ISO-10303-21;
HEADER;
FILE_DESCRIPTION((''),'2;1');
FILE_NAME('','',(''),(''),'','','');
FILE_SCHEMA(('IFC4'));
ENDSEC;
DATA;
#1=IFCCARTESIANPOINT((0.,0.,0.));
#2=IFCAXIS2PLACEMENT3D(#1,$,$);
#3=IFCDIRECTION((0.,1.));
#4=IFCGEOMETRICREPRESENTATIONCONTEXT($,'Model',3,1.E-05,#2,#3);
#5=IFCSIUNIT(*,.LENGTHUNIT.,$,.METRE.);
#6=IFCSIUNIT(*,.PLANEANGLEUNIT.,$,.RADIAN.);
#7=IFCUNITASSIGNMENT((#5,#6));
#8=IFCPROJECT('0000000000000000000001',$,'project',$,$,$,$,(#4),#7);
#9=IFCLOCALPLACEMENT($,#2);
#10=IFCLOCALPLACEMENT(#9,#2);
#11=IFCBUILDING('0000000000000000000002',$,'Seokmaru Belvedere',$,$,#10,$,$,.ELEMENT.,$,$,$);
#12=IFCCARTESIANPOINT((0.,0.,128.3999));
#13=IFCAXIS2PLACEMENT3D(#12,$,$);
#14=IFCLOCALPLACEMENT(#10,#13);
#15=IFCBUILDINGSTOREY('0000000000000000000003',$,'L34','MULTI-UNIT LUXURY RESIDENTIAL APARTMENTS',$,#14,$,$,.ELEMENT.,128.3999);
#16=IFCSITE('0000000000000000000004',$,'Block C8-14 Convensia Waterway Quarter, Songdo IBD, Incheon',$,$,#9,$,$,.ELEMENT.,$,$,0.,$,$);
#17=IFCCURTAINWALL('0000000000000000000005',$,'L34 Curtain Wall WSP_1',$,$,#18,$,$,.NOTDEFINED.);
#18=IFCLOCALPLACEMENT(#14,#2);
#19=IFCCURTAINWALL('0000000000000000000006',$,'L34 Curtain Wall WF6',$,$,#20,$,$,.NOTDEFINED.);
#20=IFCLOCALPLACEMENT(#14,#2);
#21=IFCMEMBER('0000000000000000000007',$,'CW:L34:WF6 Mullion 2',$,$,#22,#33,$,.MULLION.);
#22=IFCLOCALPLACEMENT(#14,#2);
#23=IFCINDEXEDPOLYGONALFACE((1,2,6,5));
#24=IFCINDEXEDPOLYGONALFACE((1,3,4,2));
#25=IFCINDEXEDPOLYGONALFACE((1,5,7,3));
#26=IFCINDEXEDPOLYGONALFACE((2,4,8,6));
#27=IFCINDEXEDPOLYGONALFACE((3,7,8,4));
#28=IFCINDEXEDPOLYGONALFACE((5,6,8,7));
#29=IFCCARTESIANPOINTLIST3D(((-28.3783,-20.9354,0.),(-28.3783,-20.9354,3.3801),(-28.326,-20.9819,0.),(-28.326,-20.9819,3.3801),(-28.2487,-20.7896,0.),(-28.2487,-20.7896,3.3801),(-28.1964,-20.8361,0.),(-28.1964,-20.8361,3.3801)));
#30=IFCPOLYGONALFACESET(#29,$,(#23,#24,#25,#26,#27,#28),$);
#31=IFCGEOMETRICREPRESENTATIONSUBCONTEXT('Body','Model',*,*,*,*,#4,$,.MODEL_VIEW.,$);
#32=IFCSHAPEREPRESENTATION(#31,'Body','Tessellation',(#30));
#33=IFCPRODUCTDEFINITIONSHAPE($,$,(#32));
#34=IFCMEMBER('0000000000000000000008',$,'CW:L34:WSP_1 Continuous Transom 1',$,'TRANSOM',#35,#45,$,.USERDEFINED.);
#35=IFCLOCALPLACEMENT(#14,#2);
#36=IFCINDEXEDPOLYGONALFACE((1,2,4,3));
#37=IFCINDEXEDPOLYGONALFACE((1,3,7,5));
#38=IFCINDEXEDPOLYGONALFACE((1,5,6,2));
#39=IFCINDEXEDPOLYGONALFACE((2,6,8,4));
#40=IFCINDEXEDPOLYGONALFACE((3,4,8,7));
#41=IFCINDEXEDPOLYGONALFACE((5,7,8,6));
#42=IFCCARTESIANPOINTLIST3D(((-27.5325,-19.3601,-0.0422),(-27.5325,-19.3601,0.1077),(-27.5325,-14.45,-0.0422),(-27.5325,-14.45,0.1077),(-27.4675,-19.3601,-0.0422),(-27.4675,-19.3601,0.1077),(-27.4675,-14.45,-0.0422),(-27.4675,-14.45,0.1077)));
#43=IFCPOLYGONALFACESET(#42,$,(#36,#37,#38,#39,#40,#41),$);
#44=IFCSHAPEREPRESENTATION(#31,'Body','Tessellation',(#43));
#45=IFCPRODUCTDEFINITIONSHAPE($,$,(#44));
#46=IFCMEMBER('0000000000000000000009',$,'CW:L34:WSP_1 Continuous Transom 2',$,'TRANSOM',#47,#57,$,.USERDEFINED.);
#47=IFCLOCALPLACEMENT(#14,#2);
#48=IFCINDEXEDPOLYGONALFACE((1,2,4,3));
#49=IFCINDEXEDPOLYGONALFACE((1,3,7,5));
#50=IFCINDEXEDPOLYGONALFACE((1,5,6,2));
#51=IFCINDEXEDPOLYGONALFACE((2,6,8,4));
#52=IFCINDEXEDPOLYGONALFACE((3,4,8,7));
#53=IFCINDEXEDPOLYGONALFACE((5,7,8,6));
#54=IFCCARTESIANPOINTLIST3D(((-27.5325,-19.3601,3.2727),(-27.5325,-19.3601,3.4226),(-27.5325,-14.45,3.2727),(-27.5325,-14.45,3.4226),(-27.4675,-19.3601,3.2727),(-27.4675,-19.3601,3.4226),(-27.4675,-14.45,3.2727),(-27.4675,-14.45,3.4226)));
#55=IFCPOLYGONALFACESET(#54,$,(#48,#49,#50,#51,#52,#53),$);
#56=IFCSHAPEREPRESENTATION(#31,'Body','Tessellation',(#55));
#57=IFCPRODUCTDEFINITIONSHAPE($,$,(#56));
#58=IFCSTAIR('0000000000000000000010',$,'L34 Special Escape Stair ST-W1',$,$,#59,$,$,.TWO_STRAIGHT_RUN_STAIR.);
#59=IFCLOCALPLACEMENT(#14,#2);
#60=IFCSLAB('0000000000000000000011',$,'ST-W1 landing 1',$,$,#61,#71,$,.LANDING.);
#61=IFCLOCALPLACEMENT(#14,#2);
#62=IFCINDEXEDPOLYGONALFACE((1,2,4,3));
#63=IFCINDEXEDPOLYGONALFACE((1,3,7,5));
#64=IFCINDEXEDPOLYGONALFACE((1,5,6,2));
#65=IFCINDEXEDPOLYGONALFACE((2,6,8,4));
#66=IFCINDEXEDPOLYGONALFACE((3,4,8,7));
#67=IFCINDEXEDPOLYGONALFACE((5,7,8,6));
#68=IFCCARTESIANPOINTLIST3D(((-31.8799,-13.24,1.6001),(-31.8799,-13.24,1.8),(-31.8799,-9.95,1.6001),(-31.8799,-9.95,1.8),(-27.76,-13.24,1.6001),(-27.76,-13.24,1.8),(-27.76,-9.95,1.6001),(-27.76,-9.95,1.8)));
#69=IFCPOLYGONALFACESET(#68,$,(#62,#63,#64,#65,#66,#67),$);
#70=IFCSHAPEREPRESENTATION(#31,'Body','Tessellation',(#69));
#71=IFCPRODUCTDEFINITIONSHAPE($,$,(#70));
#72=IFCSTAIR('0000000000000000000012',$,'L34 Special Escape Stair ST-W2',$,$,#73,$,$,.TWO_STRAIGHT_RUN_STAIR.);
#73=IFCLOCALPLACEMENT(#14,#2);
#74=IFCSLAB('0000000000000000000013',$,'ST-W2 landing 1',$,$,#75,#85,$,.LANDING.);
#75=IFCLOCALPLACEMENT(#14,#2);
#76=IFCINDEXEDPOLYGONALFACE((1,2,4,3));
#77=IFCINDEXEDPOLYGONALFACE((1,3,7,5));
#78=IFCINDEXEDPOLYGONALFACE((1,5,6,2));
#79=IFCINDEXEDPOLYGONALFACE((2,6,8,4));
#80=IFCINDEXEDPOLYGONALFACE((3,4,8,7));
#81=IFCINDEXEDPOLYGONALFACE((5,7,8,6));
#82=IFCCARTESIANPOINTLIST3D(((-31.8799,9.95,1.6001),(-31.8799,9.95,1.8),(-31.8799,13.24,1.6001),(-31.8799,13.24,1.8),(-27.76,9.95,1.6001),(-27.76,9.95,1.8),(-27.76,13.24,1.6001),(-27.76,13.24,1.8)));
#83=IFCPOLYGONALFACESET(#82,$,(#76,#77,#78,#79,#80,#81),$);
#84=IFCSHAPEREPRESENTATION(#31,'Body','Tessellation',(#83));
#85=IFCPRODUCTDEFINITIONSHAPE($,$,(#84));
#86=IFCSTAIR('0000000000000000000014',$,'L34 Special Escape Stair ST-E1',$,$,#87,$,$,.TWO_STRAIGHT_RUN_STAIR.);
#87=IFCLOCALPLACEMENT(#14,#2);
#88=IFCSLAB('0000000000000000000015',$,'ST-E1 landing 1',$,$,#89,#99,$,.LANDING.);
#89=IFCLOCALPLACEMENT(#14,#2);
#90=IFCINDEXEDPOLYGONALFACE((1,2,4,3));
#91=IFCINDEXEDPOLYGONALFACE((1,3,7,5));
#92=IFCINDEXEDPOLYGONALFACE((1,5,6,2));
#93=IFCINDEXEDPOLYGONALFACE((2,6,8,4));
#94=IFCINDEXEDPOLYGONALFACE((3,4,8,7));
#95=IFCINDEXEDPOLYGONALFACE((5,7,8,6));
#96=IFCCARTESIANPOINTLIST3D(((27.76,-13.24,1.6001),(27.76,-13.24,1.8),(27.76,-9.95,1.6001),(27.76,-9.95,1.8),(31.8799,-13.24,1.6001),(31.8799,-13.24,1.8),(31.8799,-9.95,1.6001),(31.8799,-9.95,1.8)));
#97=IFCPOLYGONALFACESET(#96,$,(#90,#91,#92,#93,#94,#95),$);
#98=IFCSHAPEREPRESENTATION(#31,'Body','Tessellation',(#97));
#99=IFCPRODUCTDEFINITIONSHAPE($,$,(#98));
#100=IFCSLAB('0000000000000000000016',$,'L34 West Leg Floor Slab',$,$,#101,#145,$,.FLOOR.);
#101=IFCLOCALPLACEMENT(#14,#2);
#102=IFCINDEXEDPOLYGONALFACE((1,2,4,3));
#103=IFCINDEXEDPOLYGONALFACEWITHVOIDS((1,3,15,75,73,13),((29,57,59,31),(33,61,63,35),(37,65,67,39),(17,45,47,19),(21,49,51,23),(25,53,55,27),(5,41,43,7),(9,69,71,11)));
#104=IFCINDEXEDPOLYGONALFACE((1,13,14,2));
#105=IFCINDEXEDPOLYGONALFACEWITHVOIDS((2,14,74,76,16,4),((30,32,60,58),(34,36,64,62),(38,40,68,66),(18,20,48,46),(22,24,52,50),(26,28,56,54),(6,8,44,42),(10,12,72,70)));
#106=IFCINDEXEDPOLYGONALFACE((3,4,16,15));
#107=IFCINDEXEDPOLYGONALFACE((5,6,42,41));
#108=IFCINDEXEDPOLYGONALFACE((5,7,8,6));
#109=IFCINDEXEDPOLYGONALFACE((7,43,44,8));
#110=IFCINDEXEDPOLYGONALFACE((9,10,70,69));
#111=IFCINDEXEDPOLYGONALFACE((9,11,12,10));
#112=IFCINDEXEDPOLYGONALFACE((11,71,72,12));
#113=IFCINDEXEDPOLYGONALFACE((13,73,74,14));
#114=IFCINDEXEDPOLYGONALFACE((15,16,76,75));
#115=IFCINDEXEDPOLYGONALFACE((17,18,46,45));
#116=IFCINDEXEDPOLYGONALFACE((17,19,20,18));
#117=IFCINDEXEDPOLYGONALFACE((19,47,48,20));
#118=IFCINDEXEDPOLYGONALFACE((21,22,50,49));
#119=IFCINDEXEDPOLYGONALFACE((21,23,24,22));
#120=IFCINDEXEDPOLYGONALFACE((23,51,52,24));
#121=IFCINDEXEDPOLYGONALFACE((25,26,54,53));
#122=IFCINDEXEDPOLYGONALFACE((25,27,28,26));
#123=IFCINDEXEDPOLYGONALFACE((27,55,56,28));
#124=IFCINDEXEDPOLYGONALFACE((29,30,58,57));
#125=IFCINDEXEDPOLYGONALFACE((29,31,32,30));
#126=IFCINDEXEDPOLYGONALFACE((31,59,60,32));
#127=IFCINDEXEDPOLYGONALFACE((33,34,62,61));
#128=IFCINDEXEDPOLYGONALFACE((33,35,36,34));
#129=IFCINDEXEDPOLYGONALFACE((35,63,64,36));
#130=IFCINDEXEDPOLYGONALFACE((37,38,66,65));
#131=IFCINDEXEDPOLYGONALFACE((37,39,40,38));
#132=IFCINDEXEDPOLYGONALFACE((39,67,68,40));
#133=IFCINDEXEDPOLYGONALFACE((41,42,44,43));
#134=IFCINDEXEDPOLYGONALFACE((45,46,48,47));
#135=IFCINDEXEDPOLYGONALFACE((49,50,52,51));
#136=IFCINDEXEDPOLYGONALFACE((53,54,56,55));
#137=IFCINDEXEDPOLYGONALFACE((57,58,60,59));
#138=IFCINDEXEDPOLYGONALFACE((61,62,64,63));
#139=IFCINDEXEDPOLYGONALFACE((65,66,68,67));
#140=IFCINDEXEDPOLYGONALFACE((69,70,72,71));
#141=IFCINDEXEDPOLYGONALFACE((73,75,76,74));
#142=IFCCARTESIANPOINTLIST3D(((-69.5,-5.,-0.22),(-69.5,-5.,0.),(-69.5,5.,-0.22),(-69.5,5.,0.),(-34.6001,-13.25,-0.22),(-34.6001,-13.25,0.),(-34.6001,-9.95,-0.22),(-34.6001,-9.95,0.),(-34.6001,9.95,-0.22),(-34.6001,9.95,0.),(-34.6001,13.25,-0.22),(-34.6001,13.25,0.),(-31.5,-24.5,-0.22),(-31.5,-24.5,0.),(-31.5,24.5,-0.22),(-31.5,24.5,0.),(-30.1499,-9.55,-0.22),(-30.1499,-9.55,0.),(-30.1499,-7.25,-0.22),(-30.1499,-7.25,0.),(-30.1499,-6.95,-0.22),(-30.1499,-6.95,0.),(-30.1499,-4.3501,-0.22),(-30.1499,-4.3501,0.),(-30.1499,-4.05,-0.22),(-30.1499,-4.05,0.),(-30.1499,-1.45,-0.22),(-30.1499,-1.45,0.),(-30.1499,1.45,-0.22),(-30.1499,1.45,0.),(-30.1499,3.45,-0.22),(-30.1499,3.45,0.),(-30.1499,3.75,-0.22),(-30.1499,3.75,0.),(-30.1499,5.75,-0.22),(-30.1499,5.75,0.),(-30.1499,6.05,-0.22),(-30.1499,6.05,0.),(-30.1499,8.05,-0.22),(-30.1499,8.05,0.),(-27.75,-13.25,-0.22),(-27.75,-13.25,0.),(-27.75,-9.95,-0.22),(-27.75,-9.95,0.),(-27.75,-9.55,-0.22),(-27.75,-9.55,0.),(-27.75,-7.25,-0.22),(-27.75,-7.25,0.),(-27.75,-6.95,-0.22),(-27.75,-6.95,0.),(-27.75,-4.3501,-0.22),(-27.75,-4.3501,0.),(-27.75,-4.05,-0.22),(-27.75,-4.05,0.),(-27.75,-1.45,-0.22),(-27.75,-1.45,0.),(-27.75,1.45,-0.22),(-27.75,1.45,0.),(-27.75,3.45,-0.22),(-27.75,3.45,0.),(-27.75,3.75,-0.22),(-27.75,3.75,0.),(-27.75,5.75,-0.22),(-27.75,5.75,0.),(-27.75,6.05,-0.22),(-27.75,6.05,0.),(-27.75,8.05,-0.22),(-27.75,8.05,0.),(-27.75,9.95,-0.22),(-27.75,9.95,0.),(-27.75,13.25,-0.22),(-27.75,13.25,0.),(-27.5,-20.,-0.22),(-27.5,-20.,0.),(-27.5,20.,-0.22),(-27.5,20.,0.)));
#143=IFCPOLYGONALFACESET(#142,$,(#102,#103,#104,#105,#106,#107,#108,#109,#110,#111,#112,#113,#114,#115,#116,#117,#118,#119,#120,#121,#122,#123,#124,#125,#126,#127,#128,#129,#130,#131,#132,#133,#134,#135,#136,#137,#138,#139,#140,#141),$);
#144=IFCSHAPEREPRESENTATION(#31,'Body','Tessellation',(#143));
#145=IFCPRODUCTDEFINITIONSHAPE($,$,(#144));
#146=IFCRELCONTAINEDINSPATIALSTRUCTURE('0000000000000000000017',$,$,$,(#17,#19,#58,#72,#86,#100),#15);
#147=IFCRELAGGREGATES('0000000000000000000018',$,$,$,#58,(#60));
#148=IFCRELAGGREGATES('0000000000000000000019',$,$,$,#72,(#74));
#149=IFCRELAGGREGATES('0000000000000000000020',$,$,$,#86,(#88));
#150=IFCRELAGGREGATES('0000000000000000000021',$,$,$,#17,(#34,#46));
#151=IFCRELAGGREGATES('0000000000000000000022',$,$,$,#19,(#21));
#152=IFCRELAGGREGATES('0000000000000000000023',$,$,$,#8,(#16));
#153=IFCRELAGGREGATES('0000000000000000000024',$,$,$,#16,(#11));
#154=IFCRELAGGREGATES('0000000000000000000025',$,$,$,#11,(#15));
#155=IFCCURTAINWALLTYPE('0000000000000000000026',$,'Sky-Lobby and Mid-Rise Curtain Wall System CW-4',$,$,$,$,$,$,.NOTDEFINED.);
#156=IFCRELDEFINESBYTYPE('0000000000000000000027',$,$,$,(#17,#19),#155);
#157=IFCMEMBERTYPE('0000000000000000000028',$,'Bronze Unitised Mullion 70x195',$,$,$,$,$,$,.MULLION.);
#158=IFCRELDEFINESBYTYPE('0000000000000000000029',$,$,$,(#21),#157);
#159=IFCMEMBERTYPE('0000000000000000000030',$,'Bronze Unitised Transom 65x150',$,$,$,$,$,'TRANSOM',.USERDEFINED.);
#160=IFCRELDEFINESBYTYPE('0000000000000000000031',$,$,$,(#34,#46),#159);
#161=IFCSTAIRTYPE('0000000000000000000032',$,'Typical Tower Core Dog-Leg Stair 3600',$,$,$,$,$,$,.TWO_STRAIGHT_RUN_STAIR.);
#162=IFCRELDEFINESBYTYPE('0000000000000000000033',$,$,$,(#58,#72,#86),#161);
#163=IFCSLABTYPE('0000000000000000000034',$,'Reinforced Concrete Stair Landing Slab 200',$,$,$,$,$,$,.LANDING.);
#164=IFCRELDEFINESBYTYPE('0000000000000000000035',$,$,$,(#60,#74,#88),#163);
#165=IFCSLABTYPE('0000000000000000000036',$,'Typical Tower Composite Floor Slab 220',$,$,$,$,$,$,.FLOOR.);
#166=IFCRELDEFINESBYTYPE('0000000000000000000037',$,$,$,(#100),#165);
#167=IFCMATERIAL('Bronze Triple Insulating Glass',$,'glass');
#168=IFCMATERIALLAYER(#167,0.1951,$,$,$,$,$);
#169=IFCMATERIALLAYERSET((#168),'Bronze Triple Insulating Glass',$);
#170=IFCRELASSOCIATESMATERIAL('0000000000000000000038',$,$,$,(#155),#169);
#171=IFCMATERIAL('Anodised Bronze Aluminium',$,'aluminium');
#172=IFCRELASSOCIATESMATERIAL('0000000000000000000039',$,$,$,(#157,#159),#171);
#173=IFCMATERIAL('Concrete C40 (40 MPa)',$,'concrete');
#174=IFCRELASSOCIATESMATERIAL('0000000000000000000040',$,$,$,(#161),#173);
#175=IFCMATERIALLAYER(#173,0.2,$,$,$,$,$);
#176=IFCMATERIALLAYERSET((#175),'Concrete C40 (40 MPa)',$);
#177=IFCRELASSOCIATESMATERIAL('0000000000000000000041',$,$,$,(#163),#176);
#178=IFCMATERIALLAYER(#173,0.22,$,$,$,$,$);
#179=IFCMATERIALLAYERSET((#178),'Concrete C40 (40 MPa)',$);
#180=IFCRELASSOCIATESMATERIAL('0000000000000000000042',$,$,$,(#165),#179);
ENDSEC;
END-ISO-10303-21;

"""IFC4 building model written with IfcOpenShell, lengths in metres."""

from ifc_helpers import new_model, si_unit, direction, frame, origin, origin_2d, place, context, subcontext, project, spatial, polyline, rectangle, outline, extrude, source, transform, mapped, material, layer, layer_set, material_profile, profile_set, type_object, type_shapes, element, aggregate, save


model = new_model("IFC4")

# Units and contexts
model_context = context("Model", 3, precision=1e-05, world=origin(), true_north=direction((0.0, 1.0)))
body_context = subcontext(model_context, "Body", "Model", "MODEL_VIEW")
ifc_project = project(units=[si_unit("LENGTHUNIT", "METRE"), si_unit("PLANEANGLEUNIT", "RADIAN")], contexts=[model_context])

# Site, building, storey
site_placement = place(None, origin())
site = spatial("IfcSite", under=ifc_project, at=site_placement, Name="Block C8-14 Convensia Waterway Quarter, Songdo IBD, Incheon", CompositionType="ELEMENT", RefElevation=0.0)
building_placement = place(site_placement, origin())
building = spatial("IfcBuilding", under=site, at=building_placement, Name="Seokmaru Belvedere", CompositionType="ELEMENT")
storey_placement = place(building_placement, frame((0.0, 0.0, 128.3999)))
storey = spatial("IfcBuildingStorey", under=building, at=storey_placement, Name="L34", Description="MULTI-UNIT LUXURY RESIDENTIAL APARTMENTS", CompositionType="ELEMENT", Elevation=128.3999)

# Curtain wall
ifc_material_1 = material(Name="Bronze Triple Insulating Glass", Category="glass")
ifc_layer_1 = layer(ifc_material_1, 0.1951)
ifc_layer_set_1 = layer_set([ifc_layer_1], Name="Bronze Triple Insulating Glass")
curtain_wall_type = type_object("IfcCurtainWallType", Name="Sky-Lobby and Mid-Rise Curtain Wall System CW-4", PredefinedType="NOTDEFINED", material=ifc_layer_set_1)
curtain_wall_1_placement = place(storey_placement, origin())
curtain_wall_1 = element("IfcCurtainWall", 1, at=curtain_wall_1_placement, inside=storey, type_object=curtain_wall_type, Name="L34 Curtain Wall WSP_1", PredefinedType="NOTDEFINED")
ifc_material_2 = material(Name="Anodised Bronze Aluminium", Category="aluminium")
ifc_material_profile_1 = material_profile(ifc_material_2, rectangle(XDim=0.0701, YDim=0.1951, at=origin_2d()), Name="CW-M-70x195")
ifc_profile_set_1 = profile_set([ifc_material_profile_1], Name="Anodised Bronze Aluminium")
member_type_1 = type_object("IfcMemberType", Name="Bronze Unitised Mullion 70x195", PredefinedType="MULLION", material=ifc_profile_set_1)
shared_shape_1 = source(origin(), body_context, "Body", "SweptSolid", [
    extrude(rectangle(XDim=0.0701, YDim=0.1951, at=origin_2d()), origin(), (0.0, 0.0, 1.0), 3.3801),
])
type_shapes(member_type_1, [shared_shape_1])

# Curtain wall, member
curtain_wall_2_placement = place(storey_placement, origin())
curtain_wall_2 = element("IfcCurtainWall", 2, at=curtain_wall_2_placement, inside=storey, type_object=curtain_wall_type, Name="L34 Curtain Wall WF6", PredefinedType="NOTDEFINED")
member_1_placement = place(storey_placement, frame((-28.2874, -20.8857, 0.0), z_axis=(0.0, 0.0, 1.0), x_axis=(-0.74741, 0.664363, 0.0)))
member_1 = element("IfcMember", 3, at=member_1_placement, type_object=member_type_1, Name="CW:L34:WF6 Mullion 2", PredefinedType="MULLION", context=body_context, shape_type="MappedRepresentation", body=[
    mapped(shared_shape_1, transform((0.0, 0.0, 0.0), scale=1.0)),
])

# Members
ifc_material_profile_2 = material_profile(ifc_material_2, rectangle(XDim=0.0649, YDim=0.1499, at=origin_2d()), Name="CW-T-65x150")
ifc_profile_set_2 = profile_set([ifc_material_profile_2], Name="Anodised Bronze Aluminium")
member_type_2 = type_object("IfcMemberType", Name="Bronze Unitised Transom 65x150", ElementType="TRANSOM", PredefinedType="USERDEFINED", material=ifc_profile_set_2)
shared_shape_2 = source(origin(), body_context, "Body", "SweptSolid", [
    extrude(rectangle(XDim=0.0649, YDim=0.1499, at=origin_2d()), origin(), (0.0, 0.0, 1.0), 4.9102),
])
type_shapes(member_type_2, [shared_shape_2])
member_2_placement = place(storey_placement, frame((-27.5, -19.3601, 0.0327), z_axis=(0.0, 1.0, 0.0), x_axis=(-1.0, 0.0, 0.0)))
member_2 = element("IfcMember", 4, at=member_2_placement, type_object=member_type_2, Name="CW:L34:WSP_1 Continuous Transom 1", ObjectType="TRANSOM", PredefinedType="USERDEFINED", context=body_context, shape_type="MappedRepresentation", body=[
    mapped(shared_shape_2, transform((0.0, 0.0, 0.0), scale=1.0)),
])
member_3_placement = place(storey_placement, frame((-27.5, -19.3601, 3.3477), z_axis=(0.0, 1.0, 0.0), x_axis=(-1.0, 0.0, 0.0)))
member_3 = element("IfcMember", 5, at=member_3_placement, type_object=member_type_2, Name="CW:L34:WSP_1 Continuous Transom 2", ObjectType="TRANSOM", PredefinedType="USERDEFINED", context=body_context, shape_type="MappedRepresentation", body=[
    mapped(shared_shape_2, transform((0.0, 0.0, 0.0), scale=1.0)),
])

# Stairs, slabs
ifc_material_3 = material(Name="Concrete C40 (40 MPa)", Category="concrete")
stair_type = type_object("IfcStairType", Name="Typical Tower Core Dog-Leg Stair 3600", PredefinedType="TWO_STRAIGHT_RUN_STAIR", material=ifc_material_3)
stair_1_placement = place(storey_placement, origin())
stair_1 = element("IfcStair", 6, at=stair_1_placement, inside=storey, type_object=stair_type, Name="L34 Special Escape Stair ST-W1", PredefinedType="TWO_STRAIGHT_RUN_STAIR")
ifc_layer_2 = layer(ifc_material_3, 0.2)
ifc_layer_set_2 = layer_set([ifc_layer_2], Name="Concrete C40 (40 MPa)")
slab_type_1 = type_object("IfcSlabType", Name="Reinforced Concrete Stair Landing Slab 200", PredefinedType="LANDING", material=ifc_layer_set_2)
slab_1_placement = place(storey_placement, frame((0.0, 0.0, 1.6001)))
slab_1 = element("IfcSlab", 7, at=slab_1_placement, type_object=slab_type_1, Name="ST-W1 landing 1", PredefinedType="LANDING", context=body_context, shape_type="SweptSolid", body=[
    extrude(outline(polyline([(-31.8799, -13.24), (-27.76, -13.24), (-27.76, -9.95), (-31.8799, -9.95), (-31.8799, -13.24)])), origin(), (0.0, 0.0, 1.0), 0.2),
])
aggregate(stair_1, [slab_1])
stair_2_placement = place(storey_placement, origin())
stair_2 = element("IfcStair", 8, at=stair_2_placement, inside=storey, type_object=stair_type, Name="L34 Special Escape Stair ST-W2", PredefinedType="TWO_STRAIGHT_RUN_STAIR")
slab_2_placement = place(storey_placement, frame((0.0, 0.0, 1.6001)))
slab_2 = element("IfcSlab", 9, at=slab_2_placement, type_object=slab_type_1, Name="ST-W2 landing 1", PredefinedType="LANDING", context=body_context, shape_type="SweptSolid", body=[
    extrude(outline(polyline([(-31.8799, 9.95), (-27.76, 9.95), (-27.76, 13.24), (-31.8799, 13.24), (-31.8799, 9.95)])), origin(), (0.0, 0.0, 1.0), 0.2),
])
aggregate(stair_2, [slab_2])
stair_3_placement = place(storey_placement, origin())
stair_3 = element("IfcStair", 10, at=stair_3_placement, inside=storey, type_object=stair_type, Name="L34 Special Escape Stair ST-E1", PredefinedType="TWO_STRAIGHT_RUN_STAIR")
slab_3_placement = place(storey_placement, frame((0.0, 0.0, 1.6001)))
slab_3 = element("IfcSlab", 11, at=slab_3_placement, type_object=slab_type_1, Name="ST-E1 landing 1", PredefinedType="LANDING", context=body_context, shape_type="SweptSolid", body=[
    extrude(outline(polyline([(27.76, -13.24), (31.8799, -13.24), (31.8799, -9.95), (27.76, -9.95), (27.76, -13.24)])), origin(), (0.0, 0.0, 1.0), 0.2),
])
aggregate(stair_3, [slab_3])

# Slab
ifc_layer_3 = layer(ifc_material_3, 0.22)
ifc_layer_set_3 = layer_set([ifc_layer_3], Name="Concrete C40 (40 MPa)")
slab_type_2 = type_object("IfcSlabType", Name="Typical Tower Composite Floor Slab 220", PredefinedType="FLOOR", material=ifc_layer_set_3)
slab_4_placement = place(storey_placement, frame((0.0, 0.0, -0.22)))
element("IfcSlab", 12, at=slab_4_placement, inside=storey, type_object=slab_type_2, Name="L34 West Leg Floor Slab", PredefinedType="FLOOR", context=body_context, shape_type="SweptSolid", body=[
    extrude(outline(polyline([(-27.5, -20.0), (-27.5, 20.0), (-31.5, 24.5), (-69.5, 5.0), (-69.5, -5.0), (-31.5, -24.5), (-27.5, -20.0)]), holes=[polyline([(-34.6001, -13.25), (-27.75, -13.25), (-27.75, -9.95), (-34.6001, -9.95), (-34.6001, -13.25)]), polyline([(-34.6001, 9.95), (-27.75, 9.95), (-27.75, 13.25), (-34.6001, 13.25), (-34.6001, 9.95)]), polyline([(-30.1499, -9.55), (-27.75, -9.55), (-27.75, -7.25), (-30.1499, -7.25), (-30.1499, -9.55)]), polyline([(-30.1499, -6.95), (-27.75, -6.95), (-27.75, -4.3501), (-30.1499, -4.3501), (-30.1499, -6.95)]), polyline([(-30.1499, -4.05), (-27.75, -4.05), (-27.75, -1.45), (-30.1499, -1.45), (-30.1499, -4.05)]), polyline([(-30.1499, 1.45), (-27.75, 1.45), (-27.75, 3.45), (-30.1499, 3.45), (-30.1499, 1.45)]), polyline([(-30.1499, 3.75), (-27.75, 3.75), (-27.75, 5.75), (-30.1499, 5.75), (-30.1499, 3.75)]), polyline([(-30.1499, 6.05), (-27.75, 6.05), (-27.75, 8.05), (-30.1499, 8.05), (-30.1499, 6.05)])]), origin(), (0.0, 0.0, 1.0), 0.22),
])

aggregate(curtain_wall_1, [member_2, member_3])
aggregate(curtain_wall_2, [member_1])

save(model, "model.ifc")
